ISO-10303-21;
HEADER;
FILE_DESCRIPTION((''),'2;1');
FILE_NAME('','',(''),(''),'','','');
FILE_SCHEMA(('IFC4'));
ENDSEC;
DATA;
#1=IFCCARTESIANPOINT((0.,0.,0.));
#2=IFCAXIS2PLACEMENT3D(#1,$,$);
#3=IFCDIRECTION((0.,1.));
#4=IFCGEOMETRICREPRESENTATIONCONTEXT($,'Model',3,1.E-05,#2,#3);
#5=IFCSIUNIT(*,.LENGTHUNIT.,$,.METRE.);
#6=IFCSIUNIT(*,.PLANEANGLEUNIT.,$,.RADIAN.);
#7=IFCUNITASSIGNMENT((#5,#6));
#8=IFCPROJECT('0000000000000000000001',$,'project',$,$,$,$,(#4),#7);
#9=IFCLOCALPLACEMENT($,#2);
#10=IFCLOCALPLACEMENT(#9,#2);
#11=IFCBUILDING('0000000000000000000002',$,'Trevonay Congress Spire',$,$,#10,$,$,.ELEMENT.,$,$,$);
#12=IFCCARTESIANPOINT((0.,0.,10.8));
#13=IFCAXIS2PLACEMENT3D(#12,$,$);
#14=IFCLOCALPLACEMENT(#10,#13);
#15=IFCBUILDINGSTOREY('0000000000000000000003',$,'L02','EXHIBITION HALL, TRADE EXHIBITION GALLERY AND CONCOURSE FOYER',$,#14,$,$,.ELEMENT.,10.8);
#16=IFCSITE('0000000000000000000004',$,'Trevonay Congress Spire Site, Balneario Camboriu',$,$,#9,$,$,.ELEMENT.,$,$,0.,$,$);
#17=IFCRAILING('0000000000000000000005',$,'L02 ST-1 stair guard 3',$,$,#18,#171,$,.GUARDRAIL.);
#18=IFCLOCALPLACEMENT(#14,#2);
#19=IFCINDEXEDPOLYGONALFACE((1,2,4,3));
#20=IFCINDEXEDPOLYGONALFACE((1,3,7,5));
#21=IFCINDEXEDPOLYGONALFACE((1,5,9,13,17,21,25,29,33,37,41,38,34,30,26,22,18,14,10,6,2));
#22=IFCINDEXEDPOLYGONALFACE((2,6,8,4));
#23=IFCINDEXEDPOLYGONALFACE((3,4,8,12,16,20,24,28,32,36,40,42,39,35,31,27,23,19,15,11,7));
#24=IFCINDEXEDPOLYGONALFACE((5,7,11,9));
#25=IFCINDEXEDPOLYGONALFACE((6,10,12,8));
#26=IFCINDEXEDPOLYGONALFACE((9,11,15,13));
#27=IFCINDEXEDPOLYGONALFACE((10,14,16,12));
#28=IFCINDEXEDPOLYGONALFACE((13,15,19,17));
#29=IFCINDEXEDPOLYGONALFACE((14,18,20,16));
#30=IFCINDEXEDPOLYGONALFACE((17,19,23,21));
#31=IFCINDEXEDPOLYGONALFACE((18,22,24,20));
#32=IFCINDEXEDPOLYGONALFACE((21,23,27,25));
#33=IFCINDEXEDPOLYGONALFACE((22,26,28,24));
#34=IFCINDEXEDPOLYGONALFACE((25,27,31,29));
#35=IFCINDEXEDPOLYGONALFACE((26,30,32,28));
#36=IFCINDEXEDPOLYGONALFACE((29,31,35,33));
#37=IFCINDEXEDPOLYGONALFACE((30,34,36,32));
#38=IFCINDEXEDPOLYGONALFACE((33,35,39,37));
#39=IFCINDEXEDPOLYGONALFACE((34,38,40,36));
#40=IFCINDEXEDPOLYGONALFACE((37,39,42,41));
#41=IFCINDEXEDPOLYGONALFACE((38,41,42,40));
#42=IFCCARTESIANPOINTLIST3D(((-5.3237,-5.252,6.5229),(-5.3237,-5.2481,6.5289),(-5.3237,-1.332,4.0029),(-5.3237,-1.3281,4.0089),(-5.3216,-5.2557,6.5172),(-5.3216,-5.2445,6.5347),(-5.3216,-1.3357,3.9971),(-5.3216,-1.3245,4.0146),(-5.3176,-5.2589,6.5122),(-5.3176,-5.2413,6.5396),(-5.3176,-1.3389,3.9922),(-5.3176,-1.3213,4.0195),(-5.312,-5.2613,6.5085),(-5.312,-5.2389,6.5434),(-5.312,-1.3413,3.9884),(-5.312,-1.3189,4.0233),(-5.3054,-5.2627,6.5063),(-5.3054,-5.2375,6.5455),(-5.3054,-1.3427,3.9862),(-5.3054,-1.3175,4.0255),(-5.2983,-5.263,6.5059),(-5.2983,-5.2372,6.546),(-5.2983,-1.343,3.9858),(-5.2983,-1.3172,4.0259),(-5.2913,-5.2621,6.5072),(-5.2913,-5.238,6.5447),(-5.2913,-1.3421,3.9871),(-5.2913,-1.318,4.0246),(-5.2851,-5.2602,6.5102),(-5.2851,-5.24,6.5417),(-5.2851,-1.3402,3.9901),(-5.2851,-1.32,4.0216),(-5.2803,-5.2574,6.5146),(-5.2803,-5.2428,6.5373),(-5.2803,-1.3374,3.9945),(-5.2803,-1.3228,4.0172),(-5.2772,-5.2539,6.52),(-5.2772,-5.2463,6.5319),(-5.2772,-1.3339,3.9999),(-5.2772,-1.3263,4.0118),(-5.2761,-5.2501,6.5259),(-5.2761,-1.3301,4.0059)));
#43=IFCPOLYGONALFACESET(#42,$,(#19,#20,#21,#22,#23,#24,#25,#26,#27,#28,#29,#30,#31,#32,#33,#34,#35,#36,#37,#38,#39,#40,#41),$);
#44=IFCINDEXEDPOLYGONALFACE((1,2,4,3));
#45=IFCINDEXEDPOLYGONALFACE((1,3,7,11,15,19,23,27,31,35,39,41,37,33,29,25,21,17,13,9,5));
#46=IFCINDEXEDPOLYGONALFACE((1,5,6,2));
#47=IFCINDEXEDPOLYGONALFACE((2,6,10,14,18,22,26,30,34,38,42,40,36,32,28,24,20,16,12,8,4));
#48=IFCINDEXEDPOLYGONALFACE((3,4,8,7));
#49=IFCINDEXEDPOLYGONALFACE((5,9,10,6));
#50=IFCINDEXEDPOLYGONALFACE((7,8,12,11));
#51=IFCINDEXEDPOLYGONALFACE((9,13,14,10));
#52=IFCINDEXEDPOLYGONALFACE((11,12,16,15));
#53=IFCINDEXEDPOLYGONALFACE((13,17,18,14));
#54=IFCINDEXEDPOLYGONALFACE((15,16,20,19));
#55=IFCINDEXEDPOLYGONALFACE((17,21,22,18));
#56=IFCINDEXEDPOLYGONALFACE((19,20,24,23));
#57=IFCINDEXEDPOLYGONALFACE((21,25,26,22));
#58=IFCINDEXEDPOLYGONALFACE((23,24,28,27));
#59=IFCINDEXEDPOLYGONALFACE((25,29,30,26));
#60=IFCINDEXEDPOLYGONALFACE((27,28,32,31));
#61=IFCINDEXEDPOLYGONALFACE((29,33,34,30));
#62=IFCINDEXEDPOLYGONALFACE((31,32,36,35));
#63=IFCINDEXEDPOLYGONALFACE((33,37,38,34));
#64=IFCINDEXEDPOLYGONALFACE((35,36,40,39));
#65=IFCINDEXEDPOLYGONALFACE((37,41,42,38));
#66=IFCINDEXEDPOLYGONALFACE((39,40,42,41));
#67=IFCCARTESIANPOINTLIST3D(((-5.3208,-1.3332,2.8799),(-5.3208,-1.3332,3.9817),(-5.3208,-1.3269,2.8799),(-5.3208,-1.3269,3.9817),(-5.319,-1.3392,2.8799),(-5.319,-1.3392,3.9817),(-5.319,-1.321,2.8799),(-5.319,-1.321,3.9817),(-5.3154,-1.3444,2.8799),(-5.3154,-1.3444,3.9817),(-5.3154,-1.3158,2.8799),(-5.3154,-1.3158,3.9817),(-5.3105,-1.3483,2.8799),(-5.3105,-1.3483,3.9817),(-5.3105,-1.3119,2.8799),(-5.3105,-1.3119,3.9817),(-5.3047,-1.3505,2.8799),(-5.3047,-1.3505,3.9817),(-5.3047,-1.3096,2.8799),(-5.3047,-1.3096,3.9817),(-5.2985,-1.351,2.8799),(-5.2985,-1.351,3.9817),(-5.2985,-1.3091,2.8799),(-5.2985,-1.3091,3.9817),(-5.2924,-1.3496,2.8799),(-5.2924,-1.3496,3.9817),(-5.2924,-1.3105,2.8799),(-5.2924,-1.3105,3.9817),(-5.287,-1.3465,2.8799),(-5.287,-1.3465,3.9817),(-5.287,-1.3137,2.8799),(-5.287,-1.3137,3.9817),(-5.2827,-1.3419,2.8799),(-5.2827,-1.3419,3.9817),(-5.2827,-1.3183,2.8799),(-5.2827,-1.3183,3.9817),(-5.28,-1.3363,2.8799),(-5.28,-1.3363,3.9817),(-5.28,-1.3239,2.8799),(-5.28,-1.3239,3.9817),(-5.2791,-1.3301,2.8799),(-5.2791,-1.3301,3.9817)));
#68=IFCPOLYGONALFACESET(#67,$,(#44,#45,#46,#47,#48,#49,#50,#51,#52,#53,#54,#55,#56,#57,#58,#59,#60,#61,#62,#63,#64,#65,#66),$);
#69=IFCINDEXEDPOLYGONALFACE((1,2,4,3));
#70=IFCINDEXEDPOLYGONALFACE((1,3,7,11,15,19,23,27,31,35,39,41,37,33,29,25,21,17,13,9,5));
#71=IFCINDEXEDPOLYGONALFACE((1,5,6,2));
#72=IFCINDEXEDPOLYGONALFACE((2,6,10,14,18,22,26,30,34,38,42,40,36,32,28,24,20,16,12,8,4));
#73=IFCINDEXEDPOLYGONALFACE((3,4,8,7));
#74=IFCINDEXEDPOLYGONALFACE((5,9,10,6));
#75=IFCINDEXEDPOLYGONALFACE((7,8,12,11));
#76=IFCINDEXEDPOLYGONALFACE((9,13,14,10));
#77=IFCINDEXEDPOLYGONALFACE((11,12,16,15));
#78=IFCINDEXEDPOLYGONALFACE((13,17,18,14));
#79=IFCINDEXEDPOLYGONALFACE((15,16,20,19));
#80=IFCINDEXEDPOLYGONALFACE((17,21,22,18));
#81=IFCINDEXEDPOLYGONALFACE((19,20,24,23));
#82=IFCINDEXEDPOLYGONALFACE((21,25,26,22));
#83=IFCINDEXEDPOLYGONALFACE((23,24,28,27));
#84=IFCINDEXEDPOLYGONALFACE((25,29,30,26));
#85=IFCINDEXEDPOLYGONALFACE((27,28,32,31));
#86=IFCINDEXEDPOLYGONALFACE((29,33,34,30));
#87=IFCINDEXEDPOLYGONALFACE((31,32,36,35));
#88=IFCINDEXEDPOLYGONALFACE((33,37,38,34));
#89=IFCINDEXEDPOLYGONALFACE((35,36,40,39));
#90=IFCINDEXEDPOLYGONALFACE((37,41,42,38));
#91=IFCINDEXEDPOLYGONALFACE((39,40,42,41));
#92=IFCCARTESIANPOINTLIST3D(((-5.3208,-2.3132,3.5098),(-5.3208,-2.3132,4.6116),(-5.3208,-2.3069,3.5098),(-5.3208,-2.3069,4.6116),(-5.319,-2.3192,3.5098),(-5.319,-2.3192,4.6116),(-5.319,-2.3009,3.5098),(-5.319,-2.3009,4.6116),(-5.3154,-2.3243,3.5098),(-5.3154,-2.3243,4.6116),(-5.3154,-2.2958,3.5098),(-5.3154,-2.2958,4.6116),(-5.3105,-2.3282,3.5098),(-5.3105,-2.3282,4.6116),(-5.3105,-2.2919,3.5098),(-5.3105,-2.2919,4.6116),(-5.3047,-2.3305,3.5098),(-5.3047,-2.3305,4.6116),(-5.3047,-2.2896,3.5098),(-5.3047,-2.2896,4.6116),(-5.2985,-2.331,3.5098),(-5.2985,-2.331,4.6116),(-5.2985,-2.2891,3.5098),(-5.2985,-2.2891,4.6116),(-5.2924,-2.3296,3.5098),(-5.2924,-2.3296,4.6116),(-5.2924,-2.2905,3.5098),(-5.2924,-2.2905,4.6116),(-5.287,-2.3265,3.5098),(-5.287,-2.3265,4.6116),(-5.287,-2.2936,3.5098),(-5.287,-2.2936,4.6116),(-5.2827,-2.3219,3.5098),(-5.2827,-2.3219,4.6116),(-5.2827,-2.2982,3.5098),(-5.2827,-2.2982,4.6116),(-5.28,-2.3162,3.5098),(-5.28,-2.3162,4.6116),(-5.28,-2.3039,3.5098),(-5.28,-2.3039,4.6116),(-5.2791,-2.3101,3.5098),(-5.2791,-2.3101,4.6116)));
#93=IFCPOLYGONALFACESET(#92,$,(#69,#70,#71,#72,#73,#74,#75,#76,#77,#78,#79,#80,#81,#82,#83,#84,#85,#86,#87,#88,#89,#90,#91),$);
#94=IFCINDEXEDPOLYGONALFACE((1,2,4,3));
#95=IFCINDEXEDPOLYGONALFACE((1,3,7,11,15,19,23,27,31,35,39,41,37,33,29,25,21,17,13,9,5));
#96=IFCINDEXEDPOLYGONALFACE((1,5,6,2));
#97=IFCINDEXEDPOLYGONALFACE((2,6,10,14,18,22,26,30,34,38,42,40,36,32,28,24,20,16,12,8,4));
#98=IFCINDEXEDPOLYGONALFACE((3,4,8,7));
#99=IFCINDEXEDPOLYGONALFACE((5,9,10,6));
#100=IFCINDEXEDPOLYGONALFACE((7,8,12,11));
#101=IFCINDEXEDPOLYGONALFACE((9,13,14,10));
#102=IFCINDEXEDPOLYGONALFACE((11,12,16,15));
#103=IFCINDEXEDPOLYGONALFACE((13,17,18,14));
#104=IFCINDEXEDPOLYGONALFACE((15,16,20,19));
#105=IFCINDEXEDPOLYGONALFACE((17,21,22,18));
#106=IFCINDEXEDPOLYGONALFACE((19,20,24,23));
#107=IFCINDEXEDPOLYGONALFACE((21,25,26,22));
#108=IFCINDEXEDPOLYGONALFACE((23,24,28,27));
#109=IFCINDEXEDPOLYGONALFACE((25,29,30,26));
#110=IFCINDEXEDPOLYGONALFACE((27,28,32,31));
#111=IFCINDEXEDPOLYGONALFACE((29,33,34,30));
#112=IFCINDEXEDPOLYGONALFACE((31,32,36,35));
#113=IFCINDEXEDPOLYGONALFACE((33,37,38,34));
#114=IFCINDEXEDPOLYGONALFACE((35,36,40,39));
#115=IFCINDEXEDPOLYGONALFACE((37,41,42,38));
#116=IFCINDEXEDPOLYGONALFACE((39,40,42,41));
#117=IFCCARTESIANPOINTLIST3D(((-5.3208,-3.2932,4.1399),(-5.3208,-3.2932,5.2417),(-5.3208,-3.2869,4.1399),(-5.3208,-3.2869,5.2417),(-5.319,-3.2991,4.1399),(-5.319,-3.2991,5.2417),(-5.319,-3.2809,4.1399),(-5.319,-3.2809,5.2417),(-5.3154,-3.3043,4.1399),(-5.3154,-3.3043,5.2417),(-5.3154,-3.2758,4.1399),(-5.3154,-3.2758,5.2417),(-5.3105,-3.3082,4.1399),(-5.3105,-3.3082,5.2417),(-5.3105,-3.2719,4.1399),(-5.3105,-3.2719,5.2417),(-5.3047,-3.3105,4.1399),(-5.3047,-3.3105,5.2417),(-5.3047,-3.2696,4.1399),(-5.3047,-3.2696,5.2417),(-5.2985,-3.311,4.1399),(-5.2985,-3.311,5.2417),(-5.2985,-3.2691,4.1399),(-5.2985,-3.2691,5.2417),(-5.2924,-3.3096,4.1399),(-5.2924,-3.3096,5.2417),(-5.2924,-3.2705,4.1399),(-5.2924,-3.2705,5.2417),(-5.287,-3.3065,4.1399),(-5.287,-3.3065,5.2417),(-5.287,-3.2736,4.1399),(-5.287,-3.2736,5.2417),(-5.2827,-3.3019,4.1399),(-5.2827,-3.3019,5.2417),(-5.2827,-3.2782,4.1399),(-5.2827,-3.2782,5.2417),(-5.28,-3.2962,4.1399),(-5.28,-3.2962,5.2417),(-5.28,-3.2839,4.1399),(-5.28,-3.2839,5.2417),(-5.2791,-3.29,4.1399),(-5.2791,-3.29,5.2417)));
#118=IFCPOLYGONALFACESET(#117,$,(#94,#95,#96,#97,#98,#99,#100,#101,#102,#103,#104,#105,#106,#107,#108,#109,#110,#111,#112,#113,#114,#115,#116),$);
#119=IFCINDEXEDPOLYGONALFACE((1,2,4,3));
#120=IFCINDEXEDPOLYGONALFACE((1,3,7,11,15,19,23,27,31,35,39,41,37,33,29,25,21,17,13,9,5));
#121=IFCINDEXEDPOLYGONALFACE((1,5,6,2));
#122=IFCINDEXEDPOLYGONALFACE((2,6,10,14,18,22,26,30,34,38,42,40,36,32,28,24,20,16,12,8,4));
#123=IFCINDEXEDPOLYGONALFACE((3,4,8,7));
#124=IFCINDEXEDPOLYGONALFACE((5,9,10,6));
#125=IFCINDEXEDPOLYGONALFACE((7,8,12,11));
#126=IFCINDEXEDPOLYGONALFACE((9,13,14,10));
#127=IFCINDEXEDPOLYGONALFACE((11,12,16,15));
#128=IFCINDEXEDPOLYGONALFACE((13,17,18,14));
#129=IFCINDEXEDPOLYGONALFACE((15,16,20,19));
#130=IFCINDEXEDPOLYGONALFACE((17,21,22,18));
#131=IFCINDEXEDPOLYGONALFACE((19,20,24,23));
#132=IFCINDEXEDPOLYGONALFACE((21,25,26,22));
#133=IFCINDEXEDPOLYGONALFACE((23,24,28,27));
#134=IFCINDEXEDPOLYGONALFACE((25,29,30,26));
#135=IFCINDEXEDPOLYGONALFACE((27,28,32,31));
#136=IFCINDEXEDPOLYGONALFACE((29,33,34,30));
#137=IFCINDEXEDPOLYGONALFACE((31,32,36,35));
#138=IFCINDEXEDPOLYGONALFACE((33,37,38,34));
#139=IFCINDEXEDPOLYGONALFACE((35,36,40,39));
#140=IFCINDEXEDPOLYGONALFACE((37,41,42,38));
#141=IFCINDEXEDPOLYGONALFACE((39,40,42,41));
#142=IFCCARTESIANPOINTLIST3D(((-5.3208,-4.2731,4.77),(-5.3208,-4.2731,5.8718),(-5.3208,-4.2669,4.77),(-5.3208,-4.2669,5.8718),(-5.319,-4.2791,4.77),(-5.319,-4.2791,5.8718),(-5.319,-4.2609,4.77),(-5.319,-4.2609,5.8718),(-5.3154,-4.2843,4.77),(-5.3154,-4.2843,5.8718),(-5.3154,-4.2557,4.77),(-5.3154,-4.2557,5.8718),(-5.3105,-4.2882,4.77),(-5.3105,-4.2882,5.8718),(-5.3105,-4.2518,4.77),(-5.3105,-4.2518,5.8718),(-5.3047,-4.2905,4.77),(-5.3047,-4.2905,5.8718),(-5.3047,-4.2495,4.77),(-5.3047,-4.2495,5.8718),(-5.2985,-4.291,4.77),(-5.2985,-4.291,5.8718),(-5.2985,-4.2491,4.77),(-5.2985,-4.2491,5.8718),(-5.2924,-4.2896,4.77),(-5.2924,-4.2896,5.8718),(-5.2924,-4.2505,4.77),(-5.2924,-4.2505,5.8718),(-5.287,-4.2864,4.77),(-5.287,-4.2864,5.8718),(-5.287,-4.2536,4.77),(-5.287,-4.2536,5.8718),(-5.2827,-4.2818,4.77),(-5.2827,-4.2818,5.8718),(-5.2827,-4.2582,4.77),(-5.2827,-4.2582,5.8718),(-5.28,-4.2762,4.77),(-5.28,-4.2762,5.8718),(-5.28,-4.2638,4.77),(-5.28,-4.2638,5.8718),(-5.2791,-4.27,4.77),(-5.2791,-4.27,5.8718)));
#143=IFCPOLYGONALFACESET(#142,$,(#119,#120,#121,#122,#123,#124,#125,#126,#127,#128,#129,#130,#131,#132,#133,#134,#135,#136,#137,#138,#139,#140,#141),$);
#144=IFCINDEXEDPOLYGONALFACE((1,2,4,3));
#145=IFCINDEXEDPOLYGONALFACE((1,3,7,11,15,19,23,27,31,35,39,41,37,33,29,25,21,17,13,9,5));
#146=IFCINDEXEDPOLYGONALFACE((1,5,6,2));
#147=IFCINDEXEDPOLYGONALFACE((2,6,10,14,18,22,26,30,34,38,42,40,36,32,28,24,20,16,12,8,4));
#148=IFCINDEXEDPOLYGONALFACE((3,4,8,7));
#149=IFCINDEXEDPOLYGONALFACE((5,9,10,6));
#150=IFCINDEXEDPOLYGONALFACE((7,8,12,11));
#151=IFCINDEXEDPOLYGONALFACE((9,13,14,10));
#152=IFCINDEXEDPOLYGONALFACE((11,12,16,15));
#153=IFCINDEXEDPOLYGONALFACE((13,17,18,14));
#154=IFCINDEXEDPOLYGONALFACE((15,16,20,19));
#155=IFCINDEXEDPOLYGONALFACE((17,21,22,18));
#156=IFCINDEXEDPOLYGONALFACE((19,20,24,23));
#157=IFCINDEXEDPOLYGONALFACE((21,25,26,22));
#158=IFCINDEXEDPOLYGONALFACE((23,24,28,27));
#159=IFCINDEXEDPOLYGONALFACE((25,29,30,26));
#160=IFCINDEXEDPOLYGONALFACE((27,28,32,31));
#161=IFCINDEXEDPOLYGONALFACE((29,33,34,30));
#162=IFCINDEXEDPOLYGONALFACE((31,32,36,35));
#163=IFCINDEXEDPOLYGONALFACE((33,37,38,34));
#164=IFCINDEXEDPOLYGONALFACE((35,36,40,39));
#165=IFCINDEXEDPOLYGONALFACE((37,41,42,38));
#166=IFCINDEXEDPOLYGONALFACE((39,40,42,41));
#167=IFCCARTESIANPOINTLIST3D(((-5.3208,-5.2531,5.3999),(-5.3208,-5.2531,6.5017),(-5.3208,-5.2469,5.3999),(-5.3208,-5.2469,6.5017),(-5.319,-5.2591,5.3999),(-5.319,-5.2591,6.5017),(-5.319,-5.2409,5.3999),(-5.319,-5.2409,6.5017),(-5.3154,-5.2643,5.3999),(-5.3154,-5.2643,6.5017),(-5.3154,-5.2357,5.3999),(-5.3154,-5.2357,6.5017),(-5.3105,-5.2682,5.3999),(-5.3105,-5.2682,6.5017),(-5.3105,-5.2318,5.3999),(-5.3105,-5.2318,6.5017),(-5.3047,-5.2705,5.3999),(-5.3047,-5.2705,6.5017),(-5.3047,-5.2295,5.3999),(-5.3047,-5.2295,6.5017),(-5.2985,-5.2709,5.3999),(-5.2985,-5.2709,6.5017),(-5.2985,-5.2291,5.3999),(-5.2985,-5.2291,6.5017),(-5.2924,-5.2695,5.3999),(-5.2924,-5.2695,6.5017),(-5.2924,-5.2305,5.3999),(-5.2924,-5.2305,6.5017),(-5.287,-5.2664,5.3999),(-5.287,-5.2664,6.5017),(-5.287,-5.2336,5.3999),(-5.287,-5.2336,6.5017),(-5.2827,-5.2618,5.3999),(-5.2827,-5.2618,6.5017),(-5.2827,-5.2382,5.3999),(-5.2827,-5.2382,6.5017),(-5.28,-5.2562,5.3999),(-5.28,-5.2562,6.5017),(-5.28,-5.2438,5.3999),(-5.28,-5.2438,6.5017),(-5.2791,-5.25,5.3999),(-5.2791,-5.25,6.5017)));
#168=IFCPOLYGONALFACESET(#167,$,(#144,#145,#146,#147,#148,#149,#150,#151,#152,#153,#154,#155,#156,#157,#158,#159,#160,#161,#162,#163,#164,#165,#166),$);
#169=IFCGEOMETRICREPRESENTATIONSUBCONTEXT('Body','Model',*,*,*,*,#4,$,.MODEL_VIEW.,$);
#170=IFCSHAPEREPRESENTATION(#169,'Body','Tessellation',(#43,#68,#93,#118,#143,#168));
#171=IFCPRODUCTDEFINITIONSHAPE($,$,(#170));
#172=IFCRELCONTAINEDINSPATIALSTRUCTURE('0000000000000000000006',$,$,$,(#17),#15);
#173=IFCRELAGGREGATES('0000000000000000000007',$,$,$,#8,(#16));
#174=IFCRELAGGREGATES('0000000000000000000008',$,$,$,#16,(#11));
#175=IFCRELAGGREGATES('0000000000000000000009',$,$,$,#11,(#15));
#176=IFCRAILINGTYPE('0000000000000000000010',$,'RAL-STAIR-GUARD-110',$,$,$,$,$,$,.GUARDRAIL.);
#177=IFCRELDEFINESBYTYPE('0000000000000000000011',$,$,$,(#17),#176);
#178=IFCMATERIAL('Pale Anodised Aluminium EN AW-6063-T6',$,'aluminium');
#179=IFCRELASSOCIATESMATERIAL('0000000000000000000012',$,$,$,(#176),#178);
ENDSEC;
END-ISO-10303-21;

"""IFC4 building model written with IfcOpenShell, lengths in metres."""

from ifc_helpers import new_model, si_unit, direction, frame, origin, origin_2d, place, context, subcontext, project, spatial, circle, extrude, material, type_object, element, save


model = new_model("IFC4")

# Units and contexts
model_context = context("Model", 3, precision=1e-05, world=origin(), true_north=direction((0.0, 1.0)))
body_context = subcontext(model_context, "Body", "Model", "MODEL_VIEW")
ifc_project = project(units=[si_unit("LENGTHUNIT", "METRE"), si_unit("PLANEANGLEUNIT", "RADIAN")], contexts=[model_context])

# Site, building, storey
site_placement = place(None, origin())
site = spatial("IfcSite", under=ifc_project, at=site_placement, Name="Trevonay Congress Spire Site, Balneario Camboriu", CompositionType="ELEMENT", RefElevation=0.0)
building_placement = place(site_placement, origin())
building = spatial("IfcBuilding", under=site, at=building_placement, Name="Trevonay Congress Spire", CompositionType="ELEMENT")
storey_placement = place(building_placement, frame((0.0, 0.0, 10.8)))
storey = spatial("IfcBuildingStorey", under=building, at=storey_placement, Name="L02", Description="EXHIBITION HALL, TRADE EXHIBITION GALLERY AND CONCOURSE FOYER", CompositionType="ELEMENT", Elevation=10.8)

# Shared definitions
ifc_material_1 = material(Name="Pale Anodised Aluminium EN AW-6063-T6", Category="aluminium")

# Railing
railing_type_1 = type_object("IfcRailingType", Name="RAL-STAIR-GUARD-110", PredefinedType="GUARDRAIL", material=ifc_material_1)
railing_1_placement = place(storey_placement, frame((-5.3, -1.3301, 2.8799)))
element("IfcRailing", 1, at=railing_1_placement, inside=storey, type_object=railing_type_1, Name="L02 ST-1 stair guard 3", PredefinedType="GUARDRAIL", context=body_context, shape_type="SweptSolid", body=[
    extrude(circle(Radius=0.0239, at=origin_2d()), frame((0.0, 0.0, 1.126), z_axis=(0.0, -0.841172, 0.540768), x_axis=(1.0, 0.0, 0.0)), (0.0, 0.0, 1.0), 4.6602),
    extrude(circle(Radius=0.021, at=origin_2d()), origin(), (0.0, 0.0, 1.0), 1.1018),
    extrude(circle(Radius=0.021, at=origin_2d()), frame((0.0, -0.98, 0.6299)), (0.0, 0.0, 1.0), 1.1018),
    extrude(circle(Radius=0.021, at=origin_2d()), frame((0.0, -1.96, 1.26)), (0.0, 0.0, 1.0), 1.1018),
    extrude(circle(Radius=0.021, at=origin_2d()), frame((0.0, -2.9399, 1.8901)), (0.0, 0.0, 1.0), 1.1018),
    extrude(circle(Radius=0.021, at=origin_2d()), frame((0.0, -3.9199, 2.52)), (0.0, 0.0, 1.0), 1.1018),
])

save(model, "model.ifc")
